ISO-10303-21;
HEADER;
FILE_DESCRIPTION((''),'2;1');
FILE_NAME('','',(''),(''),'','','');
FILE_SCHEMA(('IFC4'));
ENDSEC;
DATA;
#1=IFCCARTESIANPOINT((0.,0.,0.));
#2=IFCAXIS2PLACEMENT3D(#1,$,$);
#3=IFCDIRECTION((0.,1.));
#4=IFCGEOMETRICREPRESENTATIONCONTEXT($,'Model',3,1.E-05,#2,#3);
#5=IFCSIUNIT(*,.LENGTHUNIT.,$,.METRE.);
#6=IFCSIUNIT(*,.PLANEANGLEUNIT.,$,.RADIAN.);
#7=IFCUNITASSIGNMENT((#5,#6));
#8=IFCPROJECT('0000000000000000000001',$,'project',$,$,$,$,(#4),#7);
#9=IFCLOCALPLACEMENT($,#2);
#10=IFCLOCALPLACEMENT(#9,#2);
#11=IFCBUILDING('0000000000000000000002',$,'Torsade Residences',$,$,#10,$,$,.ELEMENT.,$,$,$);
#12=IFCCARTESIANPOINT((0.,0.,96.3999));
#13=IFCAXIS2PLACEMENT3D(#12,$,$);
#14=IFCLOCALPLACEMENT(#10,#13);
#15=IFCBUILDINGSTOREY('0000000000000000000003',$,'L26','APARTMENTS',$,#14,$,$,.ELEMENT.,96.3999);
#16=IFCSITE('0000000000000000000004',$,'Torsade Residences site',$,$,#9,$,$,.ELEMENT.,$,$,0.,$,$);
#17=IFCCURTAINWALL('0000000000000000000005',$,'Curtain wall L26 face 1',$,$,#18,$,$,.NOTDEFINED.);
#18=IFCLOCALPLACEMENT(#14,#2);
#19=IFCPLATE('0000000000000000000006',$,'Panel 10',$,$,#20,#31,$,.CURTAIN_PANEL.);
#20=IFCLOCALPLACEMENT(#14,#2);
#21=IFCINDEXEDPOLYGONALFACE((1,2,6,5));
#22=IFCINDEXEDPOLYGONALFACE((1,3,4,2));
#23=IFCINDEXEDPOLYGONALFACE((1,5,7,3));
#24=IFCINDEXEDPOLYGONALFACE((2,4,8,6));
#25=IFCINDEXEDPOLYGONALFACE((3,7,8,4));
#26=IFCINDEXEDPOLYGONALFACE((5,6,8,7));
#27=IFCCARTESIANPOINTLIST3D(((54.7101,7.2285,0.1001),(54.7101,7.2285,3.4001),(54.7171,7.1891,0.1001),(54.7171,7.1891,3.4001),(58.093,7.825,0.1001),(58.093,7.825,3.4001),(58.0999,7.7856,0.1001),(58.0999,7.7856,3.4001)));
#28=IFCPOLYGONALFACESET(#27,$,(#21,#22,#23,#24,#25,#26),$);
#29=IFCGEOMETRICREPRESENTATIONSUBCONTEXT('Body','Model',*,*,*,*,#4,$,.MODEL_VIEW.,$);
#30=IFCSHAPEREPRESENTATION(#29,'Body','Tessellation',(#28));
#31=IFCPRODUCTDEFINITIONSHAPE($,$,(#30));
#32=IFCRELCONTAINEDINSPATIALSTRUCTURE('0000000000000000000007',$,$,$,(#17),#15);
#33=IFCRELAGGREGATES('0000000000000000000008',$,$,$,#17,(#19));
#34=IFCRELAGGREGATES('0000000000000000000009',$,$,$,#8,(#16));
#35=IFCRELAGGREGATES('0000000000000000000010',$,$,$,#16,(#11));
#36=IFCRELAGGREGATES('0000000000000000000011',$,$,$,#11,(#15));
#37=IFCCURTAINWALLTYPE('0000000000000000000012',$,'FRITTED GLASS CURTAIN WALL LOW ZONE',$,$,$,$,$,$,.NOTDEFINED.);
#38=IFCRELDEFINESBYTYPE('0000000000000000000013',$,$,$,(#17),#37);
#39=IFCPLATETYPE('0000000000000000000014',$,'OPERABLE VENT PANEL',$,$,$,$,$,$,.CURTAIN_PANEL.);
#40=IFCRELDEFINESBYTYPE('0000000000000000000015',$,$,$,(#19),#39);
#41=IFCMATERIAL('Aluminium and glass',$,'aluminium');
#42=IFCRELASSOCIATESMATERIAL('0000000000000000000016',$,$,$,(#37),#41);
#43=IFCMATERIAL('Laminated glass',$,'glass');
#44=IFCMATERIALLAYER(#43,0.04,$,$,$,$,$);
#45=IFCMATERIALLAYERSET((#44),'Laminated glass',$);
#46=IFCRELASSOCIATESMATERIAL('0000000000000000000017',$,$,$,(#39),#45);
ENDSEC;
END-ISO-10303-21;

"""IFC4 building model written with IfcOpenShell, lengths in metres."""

from ifc_helpers import new_model, si_unit, direction, frame, origin, origin_2d, place, context, subcontext, project, spatial, rectangle, extrude, material, layer, layer_set, type_object, element, aggregate, save


model = new_model("IFC4")

# Units and contexts
model_context = context("Model", 3, precision=1e-05, world=origin(), true_north=direction((0.0, 1.0)))
body_context = subcontext(model_context, "Body", "Model", "MODEL_VIEW")
ifc_project = project(units=[si_unit("LENGTHUNIT", "METRE"), si_unit("PLANEANGLEUNIT", "RADIAN")], contexts=[model_context])

# Site, building, storey
site_placement = place(None, origin())
site = spatial("IfcSite", under=ifc_project, at=site_placement, Name="Torsade Residences site", CompositionType="ELEMENT", RefElevation=0.0)
building_placement = place(site_placement, origin())
building = spatial("IfcBuilding", under=site, at=building_placement, Name="Torsade Residences", CompositionType="ELEMENT")
storey_placement = place(building_placement, frame((0.0, 0.0, 96.3999)))
storey = spatial("IfcBuildingStorey", under=building, at=storey_placement, Name="L26", Description="APARTMENTS", CompositionType="ELEMENT", Elevation=96.3999)

# Curtain wall
ifc_material_1 = material(Name="Aluminium and glass", Category="aluminium")
curtain_wall_type = type_object("IfcCurtainWallType", Name="FRITTED GLASS CURTAIN WALL LOW ZONE", PredefinedType="NOTDEFINED", material=ifc_material_1)
curtain_wall_placement = place(storey_placement, origin())
curtain_wall = element("IfcCurtainWall", 1, at=curtain_wall_placement, inside=storey, type_object=curtain_wall_type, Name="Curtain wall L26 face 1", PredefinedType="NOTDEFINED")

# Plate
ifc_material_2 = material(Name="Laminated glass", Category="glass")
ifc_layer_1 = layer(ifc_material_2, 0.04)
ifc_layer_set_1 = layer_set([ifc_layer_1], Name="Laminated glass")
plate_type_1 = type_object("IfcPlateType", Name="OPERABLE VENT PANEL", PredefinedType="CURTAIN_PANEL", material=ifc_layer_set_1)
plate_1_placement = place(storey_placement, frame((56.405, 7.5071, 0.1001), z_axis=(0.0, 0.0, 1.0), x_axis=(0.984808, 0.173648, 0.0)))
plate_1 = element("IfcPlate", 2, at=plate_1_placement, type_object=plate_type_1, Name="Panel 10", PredefinedType="CURTAIN_PANEL", context=body_context, shape_type="SweptSolid", body=[
    extrude(rectangle(XDim=3.4351, YDim=0.04, at=origin_2d()), origin(), (0.0, 0.0, 1.0), 3.3),
])
aggregate(curtain_wall, [plate_1])

save(model, "model.ifc")
